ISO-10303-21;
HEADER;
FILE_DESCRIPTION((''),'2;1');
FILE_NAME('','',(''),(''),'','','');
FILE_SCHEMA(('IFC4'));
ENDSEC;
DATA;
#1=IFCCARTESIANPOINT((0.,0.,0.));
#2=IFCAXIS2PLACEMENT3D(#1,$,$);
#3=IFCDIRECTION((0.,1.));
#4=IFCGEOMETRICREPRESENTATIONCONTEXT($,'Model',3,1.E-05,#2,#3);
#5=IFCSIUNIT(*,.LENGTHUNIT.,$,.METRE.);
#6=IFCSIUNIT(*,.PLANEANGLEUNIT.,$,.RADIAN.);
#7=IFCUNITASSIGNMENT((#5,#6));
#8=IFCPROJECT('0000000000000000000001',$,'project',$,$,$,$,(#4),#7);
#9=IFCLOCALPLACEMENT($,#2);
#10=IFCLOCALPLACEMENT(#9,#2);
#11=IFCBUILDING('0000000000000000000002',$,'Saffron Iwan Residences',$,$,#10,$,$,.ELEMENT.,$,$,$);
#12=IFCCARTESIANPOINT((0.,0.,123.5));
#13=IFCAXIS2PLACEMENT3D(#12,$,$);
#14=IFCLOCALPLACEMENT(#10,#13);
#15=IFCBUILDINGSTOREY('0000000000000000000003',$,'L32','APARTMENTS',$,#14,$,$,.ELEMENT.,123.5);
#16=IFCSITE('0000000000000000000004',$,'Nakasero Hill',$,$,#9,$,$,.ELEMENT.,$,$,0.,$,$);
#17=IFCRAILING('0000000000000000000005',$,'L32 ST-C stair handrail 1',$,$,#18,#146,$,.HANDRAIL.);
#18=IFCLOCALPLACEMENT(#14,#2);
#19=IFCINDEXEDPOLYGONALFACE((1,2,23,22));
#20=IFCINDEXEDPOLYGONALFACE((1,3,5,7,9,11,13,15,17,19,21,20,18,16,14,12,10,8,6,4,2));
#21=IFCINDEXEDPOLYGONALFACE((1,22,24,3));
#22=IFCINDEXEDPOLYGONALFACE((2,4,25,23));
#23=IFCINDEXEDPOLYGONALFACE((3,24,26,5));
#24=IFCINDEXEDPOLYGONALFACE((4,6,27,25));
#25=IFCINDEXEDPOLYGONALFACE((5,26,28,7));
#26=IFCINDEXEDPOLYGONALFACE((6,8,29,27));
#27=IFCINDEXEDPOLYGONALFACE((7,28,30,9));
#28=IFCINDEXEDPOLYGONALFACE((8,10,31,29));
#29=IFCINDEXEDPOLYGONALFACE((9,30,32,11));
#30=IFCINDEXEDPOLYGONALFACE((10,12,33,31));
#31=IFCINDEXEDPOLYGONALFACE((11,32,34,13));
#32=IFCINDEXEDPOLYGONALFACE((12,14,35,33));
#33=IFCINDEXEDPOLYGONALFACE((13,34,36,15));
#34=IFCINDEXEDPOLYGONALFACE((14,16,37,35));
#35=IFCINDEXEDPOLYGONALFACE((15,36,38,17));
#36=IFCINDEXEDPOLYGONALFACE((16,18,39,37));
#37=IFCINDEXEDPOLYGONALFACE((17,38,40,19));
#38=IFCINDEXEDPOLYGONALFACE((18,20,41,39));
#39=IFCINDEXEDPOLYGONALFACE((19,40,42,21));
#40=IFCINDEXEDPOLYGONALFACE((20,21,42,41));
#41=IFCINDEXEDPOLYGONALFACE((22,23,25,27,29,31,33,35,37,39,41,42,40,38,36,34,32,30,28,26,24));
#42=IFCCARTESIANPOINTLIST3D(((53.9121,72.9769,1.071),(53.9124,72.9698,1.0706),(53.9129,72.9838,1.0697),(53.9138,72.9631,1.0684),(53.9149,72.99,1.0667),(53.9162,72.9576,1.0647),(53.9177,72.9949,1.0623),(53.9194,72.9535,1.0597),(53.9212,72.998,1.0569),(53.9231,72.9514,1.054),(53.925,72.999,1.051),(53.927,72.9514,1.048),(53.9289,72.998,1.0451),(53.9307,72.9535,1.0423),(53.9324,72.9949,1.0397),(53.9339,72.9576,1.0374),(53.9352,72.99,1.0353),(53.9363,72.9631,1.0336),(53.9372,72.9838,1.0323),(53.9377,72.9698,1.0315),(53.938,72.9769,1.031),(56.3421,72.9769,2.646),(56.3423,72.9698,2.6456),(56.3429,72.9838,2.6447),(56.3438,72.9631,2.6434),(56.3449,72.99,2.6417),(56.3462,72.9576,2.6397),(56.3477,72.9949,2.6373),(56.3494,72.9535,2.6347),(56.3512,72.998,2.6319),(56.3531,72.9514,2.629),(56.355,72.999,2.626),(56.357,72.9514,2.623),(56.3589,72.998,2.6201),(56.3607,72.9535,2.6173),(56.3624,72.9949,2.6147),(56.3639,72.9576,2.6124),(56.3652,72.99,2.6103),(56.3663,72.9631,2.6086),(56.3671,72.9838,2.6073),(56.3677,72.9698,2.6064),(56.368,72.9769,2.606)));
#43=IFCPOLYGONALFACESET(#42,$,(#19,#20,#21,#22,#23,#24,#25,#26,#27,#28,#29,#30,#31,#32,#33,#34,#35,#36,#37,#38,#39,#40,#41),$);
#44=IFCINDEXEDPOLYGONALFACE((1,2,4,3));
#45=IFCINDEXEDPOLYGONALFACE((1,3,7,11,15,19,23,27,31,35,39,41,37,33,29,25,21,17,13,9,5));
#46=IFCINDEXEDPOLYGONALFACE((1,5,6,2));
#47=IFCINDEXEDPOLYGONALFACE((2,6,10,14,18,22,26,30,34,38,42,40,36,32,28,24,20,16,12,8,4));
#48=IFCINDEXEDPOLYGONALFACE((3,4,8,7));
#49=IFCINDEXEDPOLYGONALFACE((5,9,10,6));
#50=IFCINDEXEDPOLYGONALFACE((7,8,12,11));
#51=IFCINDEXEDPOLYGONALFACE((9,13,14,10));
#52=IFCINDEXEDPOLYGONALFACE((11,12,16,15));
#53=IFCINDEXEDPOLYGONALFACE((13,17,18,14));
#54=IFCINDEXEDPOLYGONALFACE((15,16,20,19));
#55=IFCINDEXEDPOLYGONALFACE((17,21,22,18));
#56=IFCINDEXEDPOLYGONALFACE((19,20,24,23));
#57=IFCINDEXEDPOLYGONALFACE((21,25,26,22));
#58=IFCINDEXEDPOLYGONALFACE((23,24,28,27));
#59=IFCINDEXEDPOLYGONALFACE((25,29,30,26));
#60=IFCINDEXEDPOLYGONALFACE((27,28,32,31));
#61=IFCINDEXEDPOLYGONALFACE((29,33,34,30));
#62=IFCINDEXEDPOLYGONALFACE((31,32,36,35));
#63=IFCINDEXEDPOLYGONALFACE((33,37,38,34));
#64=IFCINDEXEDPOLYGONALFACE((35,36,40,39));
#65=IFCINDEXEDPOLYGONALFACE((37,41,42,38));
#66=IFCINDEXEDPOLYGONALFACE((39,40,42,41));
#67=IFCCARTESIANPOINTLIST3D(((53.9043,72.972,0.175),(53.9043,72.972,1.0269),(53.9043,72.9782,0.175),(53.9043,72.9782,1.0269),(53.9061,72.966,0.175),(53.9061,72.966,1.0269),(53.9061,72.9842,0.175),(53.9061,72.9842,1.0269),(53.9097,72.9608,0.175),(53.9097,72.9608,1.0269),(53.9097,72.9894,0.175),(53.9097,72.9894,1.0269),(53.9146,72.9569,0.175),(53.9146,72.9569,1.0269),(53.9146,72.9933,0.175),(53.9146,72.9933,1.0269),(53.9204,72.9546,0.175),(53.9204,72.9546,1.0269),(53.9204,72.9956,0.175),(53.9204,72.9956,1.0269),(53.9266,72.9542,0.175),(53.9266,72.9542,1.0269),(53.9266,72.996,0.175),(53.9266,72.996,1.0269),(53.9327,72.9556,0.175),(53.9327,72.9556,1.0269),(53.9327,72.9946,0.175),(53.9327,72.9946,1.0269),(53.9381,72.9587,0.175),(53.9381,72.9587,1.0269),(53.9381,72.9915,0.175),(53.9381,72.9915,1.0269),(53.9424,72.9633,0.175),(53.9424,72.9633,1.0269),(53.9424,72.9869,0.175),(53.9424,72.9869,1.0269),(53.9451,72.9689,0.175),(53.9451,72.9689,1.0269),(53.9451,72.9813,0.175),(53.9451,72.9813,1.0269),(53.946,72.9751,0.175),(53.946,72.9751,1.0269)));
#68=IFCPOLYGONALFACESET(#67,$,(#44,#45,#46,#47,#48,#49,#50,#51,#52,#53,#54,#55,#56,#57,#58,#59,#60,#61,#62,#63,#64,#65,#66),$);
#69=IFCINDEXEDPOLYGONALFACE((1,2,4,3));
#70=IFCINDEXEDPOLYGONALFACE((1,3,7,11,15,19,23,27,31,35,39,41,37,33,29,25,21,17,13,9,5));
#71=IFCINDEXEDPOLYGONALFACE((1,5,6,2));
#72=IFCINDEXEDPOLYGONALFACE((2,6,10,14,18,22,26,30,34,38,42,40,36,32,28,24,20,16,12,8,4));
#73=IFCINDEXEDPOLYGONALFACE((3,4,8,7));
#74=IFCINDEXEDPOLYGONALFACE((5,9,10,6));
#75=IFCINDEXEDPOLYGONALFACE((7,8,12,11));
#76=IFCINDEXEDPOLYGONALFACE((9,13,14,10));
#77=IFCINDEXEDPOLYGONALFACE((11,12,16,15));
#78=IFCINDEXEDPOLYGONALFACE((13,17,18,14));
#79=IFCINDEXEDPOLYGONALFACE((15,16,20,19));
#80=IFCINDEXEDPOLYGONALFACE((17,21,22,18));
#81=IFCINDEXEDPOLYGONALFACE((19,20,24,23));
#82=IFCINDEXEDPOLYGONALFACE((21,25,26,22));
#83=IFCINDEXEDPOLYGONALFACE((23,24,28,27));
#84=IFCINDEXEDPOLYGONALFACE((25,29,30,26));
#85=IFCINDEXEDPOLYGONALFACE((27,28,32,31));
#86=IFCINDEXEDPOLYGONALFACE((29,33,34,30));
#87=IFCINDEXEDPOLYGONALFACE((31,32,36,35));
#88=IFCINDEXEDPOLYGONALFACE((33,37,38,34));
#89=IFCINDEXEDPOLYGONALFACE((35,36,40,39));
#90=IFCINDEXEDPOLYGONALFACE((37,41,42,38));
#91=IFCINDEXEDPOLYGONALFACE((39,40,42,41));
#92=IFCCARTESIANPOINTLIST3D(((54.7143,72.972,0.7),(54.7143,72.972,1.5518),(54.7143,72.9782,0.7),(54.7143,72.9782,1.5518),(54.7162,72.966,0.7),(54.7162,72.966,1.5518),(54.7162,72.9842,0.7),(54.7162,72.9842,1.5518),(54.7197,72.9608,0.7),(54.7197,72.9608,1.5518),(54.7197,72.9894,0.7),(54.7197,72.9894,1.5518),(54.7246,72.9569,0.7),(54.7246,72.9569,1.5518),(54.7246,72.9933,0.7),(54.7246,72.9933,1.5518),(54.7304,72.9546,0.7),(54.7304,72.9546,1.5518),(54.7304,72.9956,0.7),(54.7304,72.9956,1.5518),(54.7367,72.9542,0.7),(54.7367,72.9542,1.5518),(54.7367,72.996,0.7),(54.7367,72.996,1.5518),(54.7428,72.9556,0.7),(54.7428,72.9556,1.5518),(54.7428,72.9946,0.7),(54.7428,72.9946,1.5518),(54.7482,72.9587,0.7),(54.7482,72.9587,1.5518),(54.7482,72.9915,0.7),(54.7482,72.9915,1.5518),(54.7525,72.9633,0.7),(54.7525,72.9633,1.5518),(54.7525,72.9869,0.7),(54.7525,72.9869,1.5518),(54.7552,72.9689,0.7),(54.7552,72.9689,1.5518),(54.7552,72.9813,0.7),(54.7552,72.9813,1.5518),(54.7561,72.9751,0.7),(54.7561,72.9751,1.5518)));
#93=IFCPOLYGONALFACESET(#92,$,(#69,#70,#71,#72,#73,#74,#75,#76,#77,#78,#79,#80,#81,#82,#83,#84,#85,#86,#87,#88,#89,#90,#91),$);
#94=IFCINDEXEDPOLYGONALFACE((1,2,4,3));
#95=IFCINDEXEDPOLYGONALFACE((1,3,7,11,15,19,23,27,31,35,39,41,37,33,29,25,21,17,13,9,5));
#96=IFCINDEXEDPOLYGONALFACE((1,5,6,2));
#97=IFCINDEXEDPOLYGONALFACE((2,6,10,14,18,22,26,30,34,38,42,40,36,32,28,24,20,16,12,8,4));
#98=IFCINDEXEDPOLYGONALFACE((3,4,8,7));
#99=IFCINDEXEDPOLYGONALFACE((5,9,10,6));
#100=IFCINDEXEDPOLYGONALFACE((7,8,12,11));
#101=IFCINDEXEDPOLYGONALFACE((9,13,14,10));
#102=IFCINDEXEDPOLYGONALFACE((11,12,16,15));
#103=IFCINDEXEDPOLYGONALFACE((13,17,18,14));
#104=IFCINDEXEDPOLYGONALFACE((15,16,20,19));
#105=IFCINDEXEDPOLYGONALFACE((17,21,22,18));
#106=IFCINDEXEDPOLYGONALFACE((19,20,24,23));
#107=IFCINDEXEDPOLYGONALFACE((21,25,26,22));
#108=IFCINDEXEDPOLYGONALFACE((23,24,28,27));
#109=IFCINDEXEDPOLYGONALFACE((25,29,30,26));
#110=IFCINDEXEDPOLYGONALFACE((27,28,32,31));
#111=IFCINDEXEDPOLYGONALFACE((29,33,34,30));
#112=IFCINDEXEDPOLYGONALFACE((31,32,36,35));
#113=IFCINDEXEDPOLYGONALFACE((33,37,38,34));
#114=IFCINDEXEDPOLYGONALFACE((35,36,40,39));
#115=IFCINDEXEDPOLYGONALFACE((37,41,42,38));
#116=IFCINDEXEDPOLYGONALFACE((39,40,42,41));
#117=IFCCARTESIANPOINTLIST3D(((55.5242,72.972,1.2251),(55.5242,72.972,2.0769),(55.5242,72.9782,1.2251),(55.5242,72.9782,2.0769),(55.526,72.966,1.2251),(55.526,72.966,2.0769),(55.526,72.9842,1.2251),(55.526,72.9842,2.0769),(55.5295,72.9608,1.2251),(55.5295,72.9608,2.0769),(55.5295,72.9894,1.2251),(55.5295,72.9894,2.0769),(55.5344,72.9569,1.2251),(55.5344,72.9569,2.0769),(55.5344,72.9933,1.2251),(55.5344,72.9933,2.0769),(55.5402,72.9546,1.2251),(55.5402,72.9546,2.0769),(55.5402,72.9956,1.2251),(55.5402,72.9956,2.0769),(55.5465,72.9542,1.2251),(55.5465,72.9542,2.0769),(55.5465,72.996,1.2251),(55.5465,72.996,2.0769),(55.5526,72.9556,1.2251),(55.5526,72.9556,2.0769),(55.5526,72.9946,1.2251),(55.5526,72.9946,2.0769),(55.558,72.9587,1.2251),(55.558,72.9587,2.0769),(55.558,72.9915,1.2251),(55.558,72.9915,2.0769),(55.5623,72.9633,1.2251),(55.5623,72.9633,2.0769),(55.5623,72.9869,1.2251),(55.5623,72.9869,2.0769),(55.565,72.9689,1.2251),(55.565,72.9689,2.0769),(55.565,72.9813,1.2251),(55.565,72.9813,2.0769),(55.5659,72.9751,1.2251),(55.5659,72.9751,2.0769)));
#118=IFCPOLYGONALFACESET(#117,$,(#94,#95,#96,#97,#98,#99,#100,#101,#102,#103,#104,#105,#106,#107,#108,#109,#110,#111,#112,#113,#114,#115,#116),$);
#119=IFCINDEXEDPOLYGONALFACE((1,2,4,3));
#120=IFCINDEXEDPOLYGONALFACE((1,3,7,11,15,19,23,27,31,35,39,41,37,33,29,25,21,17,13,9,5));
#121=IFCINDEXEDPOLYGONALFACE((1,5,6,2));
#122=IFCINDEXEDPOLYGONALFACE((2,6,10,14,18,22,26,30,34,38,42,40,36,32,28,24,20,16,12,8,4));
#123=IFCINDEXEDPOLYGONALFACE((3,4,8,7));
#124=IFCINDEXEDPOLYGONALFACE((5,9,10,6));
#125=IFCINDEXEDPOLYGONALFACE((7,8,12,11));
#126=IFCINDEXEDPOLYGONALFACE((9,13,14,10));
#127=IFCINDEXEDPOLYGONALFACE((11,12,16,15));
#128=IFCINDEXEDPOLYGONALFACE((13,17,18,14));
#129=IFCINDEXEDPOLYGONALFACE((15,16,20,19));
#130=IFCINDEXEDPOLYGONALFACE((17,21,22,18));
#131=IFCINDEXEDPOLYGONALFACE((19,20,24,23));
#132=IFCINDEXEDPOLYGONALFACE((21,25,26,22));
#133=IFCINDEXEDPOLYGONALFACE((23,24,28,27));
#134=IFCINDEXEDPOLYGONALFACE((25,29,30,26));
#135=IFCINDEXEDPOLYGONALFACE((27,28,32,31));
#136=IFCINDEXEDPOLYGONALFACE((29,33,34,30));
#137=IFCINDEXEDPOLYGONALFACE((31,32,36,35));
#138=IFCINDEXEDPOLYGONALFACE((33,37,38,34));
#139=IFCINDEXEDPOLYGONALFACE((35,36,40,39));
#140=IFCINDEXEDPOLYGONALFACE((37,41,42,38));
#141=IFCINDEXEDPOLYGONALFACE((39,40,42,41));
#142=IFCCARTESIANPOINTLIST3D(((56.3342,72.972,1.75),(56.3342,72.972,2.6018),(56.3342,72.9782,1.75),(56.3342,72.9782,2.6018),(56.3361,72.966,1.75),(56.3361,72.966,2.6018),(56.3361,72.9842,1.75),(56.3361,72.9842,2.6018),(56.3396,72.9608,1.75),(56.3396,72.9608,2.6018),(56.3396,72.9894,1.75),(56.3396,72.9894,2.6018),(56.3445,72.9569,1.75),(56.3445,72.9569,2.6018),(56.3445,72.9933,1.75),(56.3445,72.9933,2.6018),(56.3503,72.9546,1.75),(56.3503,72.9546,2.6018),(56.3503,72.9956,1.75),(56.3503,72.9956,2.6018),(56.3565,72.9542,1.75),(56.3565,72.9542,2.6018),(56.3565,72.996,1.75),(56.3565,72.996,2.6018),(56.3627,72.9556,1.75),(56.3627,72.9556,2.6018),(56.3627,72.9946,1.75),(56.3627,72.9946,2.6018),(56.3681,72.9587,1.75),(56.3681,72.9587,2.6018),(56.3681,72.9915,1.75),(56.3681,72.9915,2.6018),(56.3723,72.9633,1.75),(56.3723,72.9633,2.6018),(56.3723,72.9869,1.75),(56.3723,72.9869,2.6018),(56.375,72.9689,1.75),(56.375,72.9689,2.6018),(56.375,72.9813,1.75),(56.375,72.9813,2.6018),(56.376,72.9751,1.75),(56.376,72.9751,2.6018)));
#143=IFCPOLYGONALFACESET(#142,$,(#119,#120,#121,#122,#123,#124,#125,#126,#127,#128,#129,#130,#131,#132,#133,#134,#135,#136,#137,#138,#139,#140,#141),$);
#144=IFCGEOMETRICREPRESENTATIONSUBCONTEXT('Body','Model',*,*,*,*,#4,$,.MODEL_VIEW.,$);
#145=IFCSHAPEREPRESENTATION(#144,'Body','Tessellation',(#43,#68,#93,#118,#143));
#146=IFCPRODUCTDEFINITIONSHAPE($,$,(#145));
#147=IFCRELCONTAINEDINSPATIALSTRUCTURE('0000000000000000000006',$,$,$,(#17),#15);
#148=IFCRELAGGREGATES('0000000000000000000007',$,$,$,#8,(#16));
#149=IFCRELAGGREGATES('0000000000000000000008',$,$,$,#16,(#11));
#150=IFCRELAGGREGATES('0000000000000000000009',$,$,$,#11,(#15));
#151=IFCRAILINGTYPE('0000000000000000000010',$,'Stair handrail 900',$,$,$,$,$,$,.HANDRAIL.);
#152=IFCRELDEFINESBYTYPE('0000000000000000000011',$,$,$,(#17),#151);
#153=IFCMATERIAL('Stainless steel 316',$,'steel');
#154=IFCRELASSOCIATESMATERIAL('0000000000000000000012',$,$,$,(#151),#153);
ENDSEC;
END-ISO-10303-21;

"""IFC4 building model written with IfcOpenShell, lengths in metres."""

from ifc_helpers import new_model, si_unit, direction, frame, origin, origin_2d, place, context, subcontext, project, spatial, circle, extrude, material, type_object, element, save


model = new_model("IFC4")

# Units and contexts
model_context = context("Model", 3, precision=1e-05, world=origin(), true_north=direction((0.0, 1.0)))
body_context = subcontext(model_context, "Body", "Model", "MODEL_VIEW")
ifc_project = project(units=[si_unit("LENGTHUNIT", "METRE"), si_unit("PLANEANGLEUNIT", "RADIAN")], contexts=[model_context])

# Site, building, storey
site_placement = place(None, origin())
site = spatial("IfcSite", under=ifc_project, at=site_placement, Name="Nakasero Hill", CompositionType="ELEMENT", RefElevation=0.0)
building_placement = place(site_placement, origin())
building = spatial("IfcBuilding", under=site, at=building_placement, Name="Saffron Iwan Residences", CompositionType="ELEMENT")
storey_placement = place(building_placement, frame((0.0, 0.0, 123.5)))
storey = spatial("IfcBuildingStorey", under=building, at=storey_placement, Name="L32", Description="APARTMENTS", CompositionType="ELEMENT", Elevation=123.5)

# Railing
ifc_material_1 = material(Name="Stainless steel 316", Category="steel")
railing_type_1 = type_object("IfcRailingType", Name="Stair handrail 900", PredefinedType="HANDRAIL", material=ifc_material_1)
railing_1_placement = place(storey_placement, frame((53.925, 72.9751, 0.175)))
element("IfcRailing", 1, at=railing_1_placement, inside=storey, type_object=railing_type_1, Name="L32 ST-C stair handrail 1", PredefinedType="HANDRAIL", context=body_context, shape_type="SweptSolid", body=[
    extrude(circle(Radius=0.0239, at=origin_2d()), frame((0.0, 0.0, 0.876), z_axis=(0.839154, 0.0, 0.543894), x_axis=(0.0, 1.0, 0.0)), (0.0, 0.0, 1.0), 2.8958),
    extrude(circle(Radius=0.021, at=origin_2d()), origin(), (0.0, 0.0, 1.0), 0.8518),
    extrude(circle(Radius=0.021, at=origin_2d()), frame((0.8101, 0.0, 0.5249)), (0.0, 0.0, 1.0), 0.8518),
    extrude(circle(Radius=0.021, at=origin_2d()), frame((1.6199, 0.0, 1.05)), (0.0, 0.0, 1.0), 0.8518),
    extrude(circle(Radius=0.021, at=origin_2d()), frame((2.4299, 0.0, 1.575)), (0.0, 0.0, 1.0), 0.8518),
])

save(model, "model.ifc")
